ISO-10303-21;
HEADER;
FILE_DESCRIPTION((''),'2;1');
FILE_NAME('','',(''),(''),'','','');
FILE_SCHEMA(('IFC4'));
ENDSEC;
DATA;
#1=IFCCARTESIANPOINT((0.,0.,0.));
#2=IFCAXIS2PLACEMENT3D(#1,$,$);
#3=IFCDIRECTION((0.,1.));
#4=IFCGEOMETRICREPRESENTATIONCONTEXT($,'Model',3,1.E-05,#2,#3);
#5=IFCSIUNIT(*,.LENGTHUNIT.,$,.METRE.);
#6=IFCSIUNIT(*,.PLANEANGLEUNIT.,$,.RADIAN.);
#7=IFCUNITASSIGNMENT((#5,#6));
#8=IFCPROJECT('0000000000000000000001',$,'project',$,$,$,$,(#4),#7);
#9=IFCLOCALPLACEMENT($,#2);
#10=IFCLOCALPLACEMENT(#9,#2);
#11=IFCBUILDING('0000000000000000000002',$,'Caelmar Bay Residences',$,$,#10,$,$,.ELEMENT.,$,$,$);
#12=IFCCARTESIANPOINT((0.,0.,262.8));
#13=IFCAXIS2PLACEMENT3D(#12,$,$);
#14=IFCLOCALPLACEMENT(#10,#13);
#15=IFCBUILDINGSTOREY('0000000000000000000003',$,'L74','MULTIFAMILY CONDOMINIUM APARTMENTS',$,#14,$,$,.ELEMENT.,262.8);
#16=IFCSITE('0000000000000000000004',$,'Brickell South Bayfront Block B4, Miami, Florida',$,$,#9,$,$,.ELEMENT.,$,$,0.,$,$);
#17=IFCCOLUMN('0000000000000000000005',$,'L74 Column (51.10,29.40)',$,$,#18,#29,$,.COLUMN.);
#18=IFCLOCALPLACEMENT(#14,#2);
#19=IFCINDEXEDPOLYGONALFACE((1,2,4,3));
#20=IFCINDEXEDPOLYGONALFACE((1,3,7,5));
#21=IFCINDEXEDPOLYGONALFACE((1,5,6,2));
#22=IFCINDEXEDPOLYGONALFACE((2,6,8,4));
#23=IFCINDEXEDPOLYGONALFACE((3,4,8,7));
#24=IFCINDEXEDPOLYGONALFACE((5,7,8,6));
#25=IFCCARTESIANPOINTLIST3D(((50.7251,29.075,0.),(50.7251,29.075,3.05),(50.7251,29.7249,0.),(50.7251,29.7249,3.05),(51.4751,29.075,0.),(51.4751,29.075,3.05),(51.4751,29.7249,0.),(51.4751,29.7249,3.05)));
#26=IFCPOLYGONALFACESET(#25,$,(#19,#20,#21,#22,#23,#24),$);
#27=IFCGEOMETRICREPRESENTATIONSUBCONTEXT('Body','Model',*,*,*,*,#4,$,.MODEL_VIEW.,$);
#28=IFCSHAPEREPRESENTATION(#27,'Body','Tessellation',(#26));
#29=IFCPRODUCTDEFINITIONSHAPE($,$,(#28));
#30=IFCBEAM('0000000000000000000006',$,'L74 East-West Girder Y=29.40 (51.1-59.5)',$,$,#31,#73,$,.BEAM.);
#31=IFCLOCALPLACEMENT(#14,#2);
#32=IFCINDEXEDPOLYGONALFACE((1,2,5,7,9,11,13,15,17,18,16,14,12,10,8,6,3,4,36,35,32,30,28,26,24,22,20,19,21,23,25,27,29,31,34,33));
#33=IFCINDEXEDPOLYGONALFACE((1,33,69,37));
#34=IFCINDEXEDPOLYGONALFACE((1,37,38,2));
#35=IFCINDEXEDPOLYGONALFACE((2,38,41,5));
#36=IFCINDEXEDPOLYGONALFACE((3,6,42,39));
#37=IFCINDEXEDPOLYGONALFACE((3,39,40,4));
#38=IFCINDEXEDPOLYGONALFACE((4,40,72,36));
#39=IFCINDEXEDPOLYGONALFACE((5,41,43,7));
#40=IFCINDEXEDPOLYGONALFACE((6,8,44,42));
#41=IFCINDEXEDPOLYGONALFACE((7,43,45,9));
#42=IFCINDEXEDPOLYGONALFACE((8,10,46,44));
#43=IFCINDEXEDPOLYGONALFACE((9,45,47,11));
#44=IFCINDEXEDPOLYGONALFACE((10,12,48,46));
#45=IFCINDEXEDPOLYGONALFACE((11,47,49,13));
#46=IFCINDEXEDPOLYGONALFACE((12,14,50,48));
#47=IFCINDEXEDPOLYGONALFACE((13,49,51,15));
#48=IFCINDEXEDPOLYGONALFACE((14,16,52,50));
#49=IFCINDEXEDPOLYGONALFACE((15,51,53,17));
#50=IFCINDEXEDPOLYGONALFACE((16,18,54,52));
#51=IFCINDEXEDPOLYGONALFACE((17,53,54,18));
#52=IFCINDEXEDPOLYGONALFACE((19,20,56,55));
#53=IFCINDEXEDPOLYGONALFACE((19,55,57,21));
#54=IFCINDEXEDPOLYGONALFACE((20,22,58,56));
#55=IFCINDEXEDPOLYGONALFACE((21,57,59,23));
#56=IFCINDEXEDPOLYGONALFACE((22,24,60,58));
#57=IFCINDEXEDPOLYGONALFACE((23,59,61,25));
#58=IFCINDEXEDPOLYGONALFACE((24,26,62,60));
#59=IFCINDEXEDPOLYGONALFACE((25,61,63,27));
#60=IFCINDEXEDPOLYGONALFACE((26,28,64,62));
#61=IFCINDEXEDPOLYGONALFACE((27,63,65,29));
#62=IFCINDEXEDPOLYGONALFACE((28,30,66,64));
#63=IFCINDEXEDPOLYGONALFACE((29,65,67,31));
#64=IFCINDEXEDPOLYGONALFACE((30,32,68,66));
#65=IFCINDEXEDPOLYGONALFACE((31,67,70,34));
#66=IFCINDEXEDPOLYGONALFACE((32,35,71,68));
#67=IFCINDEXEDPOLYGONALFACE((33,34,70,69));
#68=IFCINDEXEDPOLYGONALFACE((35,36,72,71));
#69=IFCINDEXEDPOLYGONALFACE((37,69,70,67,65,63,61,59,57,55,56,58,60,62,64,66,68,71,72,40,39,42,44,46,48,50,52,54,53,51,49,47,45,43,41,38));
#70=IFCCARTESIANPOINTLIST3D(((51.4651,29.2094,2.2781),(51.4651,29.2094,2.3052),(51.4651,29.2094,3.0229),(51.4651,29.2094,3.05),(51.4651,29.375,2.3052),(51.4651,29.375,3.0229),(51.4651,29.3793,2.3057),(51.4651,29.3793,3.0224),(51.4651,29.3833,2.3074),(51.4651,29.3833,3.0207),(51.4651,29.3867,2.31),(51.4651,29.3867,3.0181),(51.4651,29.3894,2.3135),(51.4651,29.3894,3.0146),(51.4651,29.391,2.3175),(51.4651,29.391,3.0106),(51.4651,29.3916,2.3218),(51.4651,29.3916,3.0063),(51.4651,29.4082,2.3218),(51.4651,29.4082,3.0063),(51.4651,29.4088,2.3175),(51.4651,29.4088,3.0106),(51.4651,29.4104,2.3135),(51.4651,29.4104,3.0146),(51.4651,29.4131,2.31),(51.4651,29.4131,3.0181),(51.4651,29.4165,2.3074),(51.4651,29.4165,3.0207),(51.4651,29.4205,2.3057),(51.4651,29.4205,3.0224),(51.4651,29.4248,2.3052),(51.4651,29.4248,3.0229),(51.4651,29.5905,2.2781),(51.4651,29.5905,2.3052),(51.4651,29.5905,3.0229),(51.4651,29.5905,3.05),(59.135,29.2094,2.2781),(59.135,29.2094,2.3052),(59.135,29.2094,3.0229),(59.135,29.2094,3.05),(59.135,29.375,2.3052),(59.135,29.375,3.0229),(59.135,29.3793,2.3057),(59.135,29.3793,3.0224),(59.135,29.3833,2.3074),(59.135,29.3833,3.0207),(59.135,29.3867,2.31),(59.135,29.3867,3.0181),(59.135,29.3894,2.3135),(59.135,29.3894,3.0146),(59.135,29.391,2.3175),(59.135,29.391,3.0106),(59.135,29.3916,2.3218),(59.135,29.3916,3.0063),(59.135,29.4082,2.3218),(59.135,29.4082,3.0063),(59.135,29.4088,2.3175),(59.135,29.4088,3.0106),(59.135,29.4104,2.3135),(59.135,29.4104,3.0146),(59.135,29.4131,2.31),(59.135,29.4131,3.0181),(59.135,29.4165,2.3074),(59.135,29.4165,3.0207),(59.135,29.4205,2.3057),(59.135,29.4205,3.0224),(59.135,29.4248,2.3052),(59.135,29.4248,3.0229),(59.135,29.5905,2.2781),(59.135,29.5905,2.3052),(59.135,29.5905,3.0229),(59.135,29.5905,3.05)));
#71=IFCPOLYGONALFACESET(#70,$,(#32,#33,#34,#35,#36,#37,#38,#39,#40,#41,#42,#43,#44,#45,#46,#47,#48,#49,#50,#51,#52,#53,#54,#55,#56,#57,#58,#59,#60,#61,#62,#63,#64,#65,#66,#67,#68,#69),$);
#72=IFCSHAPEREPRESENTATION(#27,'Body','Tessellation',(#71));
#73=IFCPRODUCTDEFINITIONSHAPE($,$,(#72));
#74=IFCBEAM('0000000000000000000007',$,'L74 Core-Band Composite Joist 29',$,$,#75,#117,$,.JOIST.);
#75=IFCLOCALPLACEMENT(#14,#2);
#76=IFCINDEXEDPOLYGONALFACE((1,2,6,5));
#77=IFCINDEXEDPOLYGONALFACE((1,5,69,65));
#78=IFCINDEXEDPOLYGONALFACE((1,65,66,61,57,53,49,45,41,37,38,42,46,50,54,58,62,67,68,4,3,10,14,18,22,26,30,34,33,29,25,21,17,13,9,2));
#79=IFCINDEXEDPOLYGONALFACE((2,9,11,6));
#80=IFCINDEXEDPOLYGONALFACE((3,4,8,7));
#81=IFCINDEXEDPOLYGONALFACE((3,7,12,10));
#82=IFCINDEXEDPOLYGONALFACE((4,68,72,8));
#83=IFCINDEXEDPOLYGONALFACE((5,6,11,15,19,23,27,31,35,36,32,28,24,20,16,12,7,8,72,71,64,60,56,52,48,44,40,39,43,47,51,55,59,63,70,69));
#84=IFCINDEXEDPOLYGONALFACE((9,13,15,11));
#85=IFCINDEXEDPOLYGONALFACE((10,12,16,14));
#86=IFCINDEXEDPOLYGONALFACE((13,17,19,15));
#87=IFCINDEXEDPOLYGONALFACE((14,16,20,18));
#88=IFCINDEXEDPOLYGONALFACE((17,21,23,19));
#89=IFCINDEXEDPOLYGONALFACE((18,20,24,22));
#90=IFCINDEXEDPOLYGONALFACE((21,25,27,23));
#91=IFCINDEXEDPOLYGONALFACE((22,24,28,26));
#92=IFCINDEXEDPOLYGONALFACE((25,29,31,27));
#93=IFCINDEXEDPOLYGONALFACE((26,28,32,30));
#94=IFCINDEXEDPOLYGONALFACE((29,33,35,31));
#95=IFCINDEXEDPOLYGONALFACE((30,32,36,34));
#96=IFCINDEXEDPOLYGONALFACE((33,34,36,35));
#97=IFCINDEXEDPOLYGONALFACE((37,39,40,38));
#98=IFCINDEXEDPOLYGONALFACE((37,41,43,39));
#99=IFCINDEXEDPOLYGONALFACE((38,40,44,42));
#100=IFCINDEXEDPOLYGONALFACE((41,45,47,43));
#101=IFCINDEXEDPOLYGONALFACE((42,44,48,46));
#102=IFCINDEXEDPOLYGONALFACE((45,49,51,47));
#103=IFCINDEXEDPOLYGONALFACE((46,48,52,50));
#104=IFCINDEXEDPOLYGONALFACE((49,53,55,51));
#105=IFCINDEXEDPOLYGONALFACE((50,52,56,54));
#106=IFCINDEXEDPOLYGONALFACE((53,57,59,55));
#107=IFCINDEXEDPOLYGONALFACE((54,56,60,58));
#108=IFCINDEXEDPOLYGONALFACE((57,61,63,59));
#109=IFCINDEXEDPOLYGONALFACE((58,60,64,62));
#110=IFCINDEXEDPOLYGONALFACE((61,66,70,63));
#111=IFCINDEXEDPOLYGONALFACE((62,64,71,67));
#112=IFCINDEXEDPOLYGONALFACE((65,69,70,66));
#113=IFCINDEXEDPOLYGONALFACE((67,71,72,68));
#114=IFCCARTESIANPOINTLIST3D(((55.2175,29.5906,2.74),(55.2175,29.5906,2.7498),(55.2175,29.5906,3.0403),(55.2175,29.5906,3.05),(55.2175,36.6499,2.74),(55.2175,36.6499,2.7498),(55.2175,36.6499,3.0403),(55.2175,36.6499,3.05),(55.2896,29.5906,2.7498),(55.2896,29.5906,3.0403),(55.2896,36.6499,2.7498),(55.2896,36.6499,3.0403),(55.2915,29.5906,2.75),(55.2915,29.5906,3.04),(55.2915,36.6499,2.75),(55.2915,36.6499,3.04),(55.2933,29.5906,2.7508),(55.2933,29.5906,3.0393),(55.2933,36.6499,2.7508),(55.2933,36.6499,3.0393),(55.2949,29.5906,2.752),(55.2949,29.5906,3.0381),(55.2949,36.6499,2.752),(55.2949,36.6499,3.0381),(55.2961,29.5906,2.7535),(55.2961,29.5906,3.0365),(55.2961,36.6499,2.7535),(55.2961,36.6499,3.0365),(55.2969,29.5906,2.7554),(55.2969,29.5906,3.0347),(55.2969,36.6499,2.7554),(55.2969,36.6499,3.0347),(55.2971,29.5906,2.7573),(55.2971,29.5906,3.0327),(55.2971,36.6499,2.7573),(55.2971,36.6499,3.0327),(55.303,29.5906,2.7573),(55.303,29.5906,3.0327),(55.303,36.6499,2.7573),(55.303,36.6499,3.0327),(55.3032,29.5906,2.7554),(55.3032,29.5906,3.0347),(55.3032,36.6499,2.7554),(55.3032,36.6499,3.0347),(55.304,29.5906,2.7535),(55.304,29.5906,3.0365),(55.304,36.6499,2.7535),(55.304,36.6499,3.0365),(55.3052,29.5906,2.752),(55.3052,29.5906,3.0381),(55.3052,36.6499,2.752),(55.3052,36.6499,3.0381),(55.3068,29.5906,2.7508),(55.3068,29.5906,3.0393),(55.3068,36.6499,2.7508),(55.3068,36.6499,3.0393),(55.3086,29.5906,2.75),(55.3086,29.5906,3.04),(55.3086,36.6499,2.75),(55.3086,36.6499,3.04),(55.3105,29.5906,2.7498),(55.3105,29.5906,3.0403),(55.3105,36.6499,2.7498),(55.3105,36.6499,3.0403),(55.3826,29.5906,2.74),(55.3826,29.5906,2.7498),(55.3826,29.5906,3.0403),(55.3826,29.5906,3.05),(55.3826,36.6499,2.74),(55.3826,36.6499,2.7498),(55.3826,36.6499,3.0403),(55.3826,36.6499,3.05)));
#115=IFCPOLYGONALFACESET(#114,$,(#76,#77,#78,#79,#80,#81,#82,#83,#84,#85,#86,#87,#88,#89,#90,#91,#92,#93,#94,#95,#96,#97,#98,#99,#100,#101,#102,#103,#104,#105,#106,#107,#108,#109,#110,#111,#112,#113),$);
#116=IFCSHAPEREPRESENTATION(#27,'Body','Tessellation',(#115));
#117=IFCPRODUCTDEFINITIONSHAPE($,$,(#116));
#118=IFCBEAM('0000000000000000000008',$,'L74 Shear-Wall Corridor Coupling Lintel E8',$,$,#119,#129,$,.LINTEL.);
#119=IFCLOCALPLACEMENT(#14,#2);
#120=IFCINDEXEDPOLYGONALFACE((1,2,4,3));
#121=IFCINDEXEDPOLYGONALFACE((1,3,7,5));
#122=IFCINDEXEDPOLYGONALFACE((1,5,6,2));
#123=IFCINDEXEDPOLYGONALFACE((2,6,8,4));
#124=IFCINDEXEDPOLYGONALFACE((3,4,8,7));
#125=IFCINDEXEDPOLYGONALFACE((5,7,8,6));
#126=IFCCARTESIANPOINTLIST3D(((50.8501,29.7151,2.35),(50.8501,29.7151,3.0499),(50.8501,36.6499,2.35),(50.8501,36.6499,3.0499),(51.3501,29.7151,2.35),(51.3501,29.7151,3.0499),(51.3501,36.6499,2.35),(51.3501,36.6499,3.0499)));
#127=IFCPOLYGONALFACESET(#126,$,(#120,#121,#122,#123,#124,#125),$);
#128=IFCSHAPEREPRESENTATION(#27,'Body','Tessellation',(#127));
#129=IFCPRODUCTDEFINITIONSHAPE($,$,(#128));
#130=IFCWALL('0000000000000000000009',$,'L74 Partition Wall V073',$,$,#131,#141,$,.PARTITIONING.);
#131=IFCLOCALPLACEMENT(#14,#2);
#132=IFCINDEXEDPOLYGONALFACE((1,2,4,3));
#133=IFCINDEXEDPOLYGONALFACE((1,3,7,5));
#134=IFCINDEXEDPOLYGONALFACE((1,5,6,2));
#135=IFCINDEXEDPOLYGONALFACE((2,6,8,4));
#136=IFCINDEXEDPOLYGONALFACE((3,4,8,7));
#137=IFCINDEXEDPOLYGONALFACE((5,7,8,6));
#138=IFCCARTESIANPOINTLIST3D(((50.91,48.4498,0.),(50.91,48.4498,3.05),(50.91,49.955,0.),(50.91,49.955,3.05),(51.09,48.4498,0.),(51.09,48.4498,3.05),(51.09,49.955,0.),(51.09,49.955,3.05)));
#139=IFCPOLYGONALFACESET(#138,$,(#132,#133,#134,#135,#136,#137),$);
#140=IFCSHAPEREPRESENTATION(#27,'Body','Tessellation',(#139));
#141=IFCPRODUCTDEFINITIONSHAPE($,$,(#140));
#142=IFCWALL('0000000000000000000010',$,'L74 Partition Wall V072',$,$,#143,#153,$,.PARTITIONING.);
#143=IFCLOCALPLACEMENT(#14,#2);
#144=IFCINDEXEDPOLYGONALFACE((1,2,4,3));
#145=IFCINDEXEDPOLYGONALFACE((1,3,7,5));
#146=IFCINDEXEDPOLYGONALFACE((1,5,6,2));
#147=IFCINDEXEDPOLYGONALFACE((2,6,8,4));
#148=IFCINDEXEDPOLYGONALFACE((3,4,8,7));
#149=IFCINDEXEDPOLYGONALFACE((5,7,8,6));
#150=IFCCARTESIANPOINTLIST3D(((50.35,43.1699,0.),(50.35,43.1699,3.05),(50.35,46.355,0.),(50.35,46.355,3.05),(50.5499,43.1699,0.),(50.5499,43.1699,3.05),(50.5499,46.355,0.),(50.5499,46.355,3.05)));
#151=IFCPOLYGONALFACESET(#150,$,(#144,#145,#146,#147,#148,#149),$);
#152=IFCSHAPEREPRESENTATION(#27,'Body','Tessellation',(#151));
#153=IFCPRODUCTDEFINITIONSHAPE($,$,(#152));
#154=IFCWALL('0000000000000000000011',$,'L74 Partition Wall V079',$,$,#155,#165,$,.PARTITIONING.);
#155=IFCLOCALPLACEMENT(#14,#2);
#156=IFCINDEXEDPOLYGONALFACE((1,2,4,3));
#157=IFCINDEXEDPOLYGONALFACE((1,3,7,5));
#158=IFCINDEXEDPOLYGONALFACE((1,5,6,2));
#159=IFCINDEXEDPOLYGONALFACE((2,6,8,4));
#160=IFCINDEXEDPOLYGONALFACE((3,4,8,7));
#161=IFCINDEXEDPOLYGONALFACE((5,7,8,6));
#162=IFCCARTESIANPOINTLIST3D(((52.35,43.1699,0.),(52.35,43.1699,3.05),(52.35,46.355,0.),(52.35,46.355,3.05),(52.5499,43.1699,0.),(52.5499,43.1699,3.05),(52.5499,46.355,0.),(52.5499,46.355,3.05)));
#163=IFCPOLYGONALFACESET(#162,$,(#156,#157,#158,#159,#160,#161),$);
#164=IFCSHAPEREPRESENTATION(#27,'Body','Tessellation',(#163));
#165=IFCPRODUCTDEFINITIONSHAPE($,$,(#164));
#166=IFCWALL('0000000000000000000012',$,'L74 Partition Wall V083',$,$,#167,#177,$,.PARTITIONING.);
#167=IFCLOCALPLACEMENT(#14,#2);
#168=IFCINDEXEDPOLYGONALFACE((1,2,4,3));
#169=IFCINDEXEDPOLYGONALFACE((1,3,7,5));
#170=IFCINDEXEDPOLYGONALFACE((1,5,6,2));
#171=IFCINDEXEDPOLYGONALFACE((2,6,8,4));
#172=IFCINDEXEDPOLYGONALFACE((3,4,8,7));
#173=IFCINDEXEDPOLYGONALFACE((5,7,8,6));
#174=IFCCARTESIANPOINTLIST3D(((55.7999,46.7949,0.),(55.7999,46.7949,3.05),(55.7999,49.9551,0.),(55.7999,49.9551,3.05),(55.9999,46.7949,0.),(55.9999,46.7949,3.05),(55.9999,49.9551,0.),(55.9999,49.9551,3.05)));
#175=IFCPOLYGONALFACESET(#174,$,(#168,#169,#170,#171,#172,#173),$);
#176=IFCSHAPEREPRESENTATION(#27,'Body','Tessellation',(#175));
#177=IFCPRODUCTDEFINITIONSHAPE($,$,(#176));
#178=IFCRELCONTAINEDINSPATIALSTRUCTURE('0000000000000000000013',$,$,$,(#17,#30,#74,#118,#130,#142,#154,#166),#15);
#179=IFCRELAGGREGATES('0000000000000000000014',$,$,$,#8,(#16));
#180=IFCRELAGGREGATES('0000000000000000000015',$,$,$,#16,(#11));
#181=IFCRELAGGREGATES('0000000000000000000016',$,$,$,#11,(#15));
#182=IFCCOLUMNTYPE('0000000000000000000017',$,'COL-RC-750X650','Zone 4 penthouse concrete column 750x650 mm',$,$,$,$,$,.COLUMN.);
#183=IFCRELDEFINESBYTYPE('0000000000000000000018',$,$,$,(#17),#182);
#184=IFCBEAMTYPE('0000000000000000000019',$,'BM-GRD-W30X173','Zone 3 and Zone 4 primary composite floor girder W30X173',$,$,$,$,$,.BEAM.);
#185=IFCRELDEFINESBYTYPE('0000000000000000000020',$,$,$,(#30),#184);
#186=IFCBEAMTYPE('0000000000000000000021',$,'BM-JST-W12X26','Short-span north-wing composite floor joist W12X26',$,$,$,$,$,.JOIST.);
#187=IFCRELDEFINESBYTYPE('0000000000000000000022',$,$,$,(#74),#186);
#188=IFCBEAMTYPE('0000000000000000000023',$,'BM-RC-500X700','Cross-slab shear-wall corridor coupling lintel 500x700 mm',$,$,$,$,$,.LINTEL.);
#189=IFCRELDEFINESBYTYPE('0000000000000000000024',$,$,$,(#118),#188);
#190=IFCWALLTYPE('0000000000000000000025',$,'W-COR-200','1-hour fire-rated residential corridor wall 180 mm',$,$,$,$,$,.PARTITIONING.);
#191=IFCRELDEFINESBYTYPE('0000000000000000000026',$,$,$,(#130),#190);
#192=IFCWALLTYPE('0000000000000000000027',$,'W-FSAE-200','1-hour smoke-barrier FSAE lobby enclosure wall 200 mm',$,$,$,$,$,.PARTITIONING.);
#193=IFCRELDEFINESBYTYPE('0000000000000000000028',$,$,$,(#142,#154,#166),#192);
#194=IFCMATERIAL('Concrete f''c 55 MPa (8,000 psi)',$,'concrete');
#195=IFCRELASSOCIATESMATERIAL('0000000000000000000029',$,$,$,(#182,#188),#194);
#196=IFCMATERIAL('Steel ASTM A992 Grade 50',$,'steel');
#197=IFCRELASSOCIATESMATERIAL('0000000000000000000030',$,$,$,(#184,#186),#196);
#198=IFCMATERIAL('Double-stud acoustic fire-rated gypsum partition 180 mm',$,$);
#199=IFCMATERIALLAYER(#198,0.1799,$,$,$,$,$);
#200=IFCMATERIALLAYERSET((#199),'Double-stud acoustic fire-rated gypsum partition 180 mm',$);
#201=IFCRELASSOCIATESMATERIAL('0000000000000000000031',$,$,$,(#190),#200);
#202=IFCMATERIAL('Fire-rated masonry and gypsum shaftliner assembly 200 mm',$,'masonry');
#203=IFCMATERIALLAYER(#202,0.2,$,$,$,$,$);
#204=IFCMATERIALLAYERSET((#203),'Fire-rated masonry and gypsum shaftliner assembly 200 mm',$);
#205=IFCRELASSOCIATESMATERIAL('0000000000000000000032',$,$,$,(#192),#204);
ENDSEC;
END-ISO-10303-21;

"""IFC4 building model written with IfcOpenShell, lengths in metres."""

from ifc_helpers import new_model, si_unit, direction, frame, frame_2d, origin, origin_2d, place, context, subcontext, project, spatial, rectangle, i_section, extrude, material, layer, layer_set, material_profile, profile_set, type_object, element, save


model = new_model("IFC4")

# Units and contexts
model_context = context("Model", 3, precision=1e-05, world=origin(), true_north=direction((0.0, 1.0)))
body_context = subcontext(model_context, "Body", "Model", "MODEL_VIEW")
ifc_project = project(units=[si_unit("LENGTHUNIT", "METRE"), si_unit("PLANEANGLEUNIT", "RADIAN")], contexts=[model_context])

# Site, building, storey
site_placement = place(None, origin())
site = spatial("IfcSite", under=ifc_project, at=site_placement, Name="Brickell South Bayfront Block B4, Miami, Florida", CompositionType="ELEMENT", RefElevation=0.0)
building_placement = place(site_placement, origin())
building = spatial("IfcBuilding", under=site, at=building_placement, Name="Caelmar Bay Residences", CompositionType="ELEMENT")
storey_placement = place(building_placement, frame((0.0, 0.0, 262.8)))
storey = spatial("IfcBuildingStorey", under=building, at=storey_placement, Name="L74", Description="MULTIFAMILY CONDOMINIUM APARTMENTS", CompositionType="ELEMENT", Elevation=262.8)

# Column
ifc_material_1 = material(Name="Concrete f'c 55 MPa (8,000 psi)", Category="concrete")
ifc_material_profile_1 = material_profile(ifc_material_1, rectangle(XDim=0.75, YDim=0.6499, at=origin_2d()), Name="RC-COL-750X650")
ifc_profile_set_1 = profile_set([ifc_material_profile_1], Name="Concrete f'c 55 MPa (8,000 psi)")
column_type = type_object("IfcColumnType", Name="COL-RC-750X650", Description="Zone 4 penthouse concrete column 750x650 mm", PredefinedType="COLUMN", material=ifc_profile_set_1)
column_placement = place(storey_placement, frame((51.1001, 29.3999, 0.0), z_axis=(0.0, 0.0, 1.0), x_axis=(1.0, 0.0, 0.0)))
element("IfcColumn", 1, at=column_placement, inside=storey, type_object=column_type, Name="L74 Column (51.10,29.40)", PredefinedType="COLUMN", context=body_context, shape_type="SweptSolid", body=[
    extrude(rectangle(XDim=0.75, YDim=0.6499, at=origin_2d()), origin(), (0.0, 0.0, 1.0), 3.05),
])

# Beams
ifc_material_2 = material(Name="Steel ASTM A992 Grade 50", Category="steel")
ifc_material_profile_2 = material_profile(ifc_material_2, i_section(OverallWidth=0.3811, OverallDepth=0.772, WebThickness=0.0166, FlangeThickness=0.0271, FilletRadius=0.0166, at=origin_2d()), Name="W30X173")
ifc_profile_set_2 = profile_set([ifc_material_profile_2], Name="Steel ASTM A992 Grade 50")
beam_type_1 = type_object("IfcBeamType", Name="BM-GRD-W30X173", Description="Zone 3 and Zone 4 primary composite floor girder W30X173", PredefinedType="BEAM", material=ifc_profile_set_2)
beam_1_placement = place(storey_placement, frame((51.4651, 29.3999, 2.6641), z_axis=(1.0, 0.0, 0.0), x_axis=(0.0, 1.0, 0.0)))
element("IfcBeam", 2, at=beam_1_placement, inside=storey, type_object=beam_type_1, Name="L74 East-West Girder Y=29.40 (51.1-59.5)", PredefinedType="BEAM", context=body_context, shape_type="SweptSolid", body=[
    extrude(i_section(OverallWidth=0.3811, OverallDepth=0.772, WebThickness=0.0166, FlangeThickness=0.0271, FilletRadius=0.0166, at=origin_2d()), origin(), (0.0, 0.0, 1.0), 7.6699),
])
ifc_material_profile_3 = material_profile(ifc_material_2, i_section(OverallWidth=0.165, OverallDepth=0.3101, WebThickness=0.0059, FlangeThickness=0.0098, FilletRadius=0.0076, at=origin_2d()), Name="W12X26")
ifc_profile_set_3 = profile_set([ifc_material_profile_3], Name="Steel ASTM A992 Grade 50")
beam_type_2 = type_object("IfcBeamType", Name="BM-JST-W12X26", Description="Short-span north-wing composite floor joist W12X26", PredefinedType="JOIST", material=ifc_profile_set_3)
beam_2_placement = place(storey_placement, frame((55.3, 29.5906, 2.895), z_axis=(0.0, 1.0, 0.0), x_axis=(-1.0, 0.0, 0.0)))
element("IfcBeam", 3, at=beam_2_placement, inside=storey, type_object=beam_type_2, Name="L74 Core-Band Composite Joist 29", PredefinedType="JOIST", context=body_context, shape_type="SweptSolid", body=[
    extrude(i_section(OverallWidth=0.165, OverallDepth=0.3101, WebThickness=0.0059, FlangeThickness=0.0098, FilletRadius=0.0076, at=origin_2d()), origin(), (0.0, 0.0, 1.0), 7.0593),
])
ifc_material_profile_4 = material_profile(ifc_material_1, rectangle(XDim=0.5, YDim=0.7, at=origin_2d()), Name="RC-BM-500X700")
ifc_profile_set_4 = profile_set([ifc_material_profile_4], Name="Concrete f'c 55 MPa (8,000 psi)")
beam_type_3 = type_object("IfcBeamType", Name="BM-RC-500X700", Description="Cross-slab shear-wall corridor coupling lintel 500x700 mm", PredefinedType="LINTEL", material=ifc_profile_set_4)
beam_3_placement = place(storey_placement, frame((51.1001, 29.7151, 2.7), z_axis=(0.0, 1.0, 0.0), x_axis=(-1.0, 0.0, 0.0)))
element("IfcBeam", 4, at=beam_3_placement, inside=storey, type_object=beam_type_3, Name="L74 Shear-Wall Corridor Coupling Lintel E8", PredefinedType="LINTEL", context=body_context, shape_type="SweptSolid", body=[
    extrude(rectangle(XDim=0.5, YDim=0.7, at=origin_2d()), origin(), (0.0, 0.0, 1.0), 6.9348),
])

# Walls
ifc_material_3 = material(Name="Double-stud acoustic fire-rated gypsum partition 180 mm")
ifc_layer_1 = layer(ifc_material_3, 0.1799)
ifc_layer_set_1 = layer_set([ifc_layer_1], Name="Double-stud acoustic fire-rated gypsum partition 180 mm")
wall_type_1 = type_object("IfcWallType", Name="W-COR-200", Description="1-hour fire-rated residential corridor wall 180 mm", PredefinedType="PARTITIONING", material=ifc_layer_set_1)
wall_1_placement = place(storey_placement, frame((51.0, 48.45, 0.0), z_axis=(0.0, 0.0, 1.0), x_axis=(0.0, 1.0, 0.0)))
element("IfcWall", 5, at=wall_1_placement, inside=storey, type_object=wall_type_1, Name="L74 Partition Wall V073", PredefinedType="PARTITIONING", context=body_context, shape_type="SweptSolid", body=[
    extrude(rectangle(XDim=1.5051, YDim=0.1799, at=frame_2d((0.7524, 0.0))), origin(), (0.0, 0.0, 1.0), 3.05),
])
ifc_material_4 = material(Name="Fire-rated masonry and gypsum shaftliner assembly 200 mm", Category="masonry")
ifc_layer_2 = layer(ifc_material_4, 0.2)
ifc_layer_set_2 = layer_set([ifc_layer_2], Name="Fire-rated masonry and gypsum shaftliner assembly 200 mm")
wall_type_2 = type_object("IfcWallType", Name="W-FSAE-200", Description="1-hour smoke-barrier FSAE lobby enclosure wall 200 mm", PredefinedType="PARTITIONING", material=ifc_layer_set_2)
for number, where, z_axis, x_axis, name in (
    (6, (50.45, 43.1699, 0.0), (0.0, 0.0, 1.0), (0.0, 1.0, 0.0), "L74 Partition Wall V072"),
    (7, (52.45, 43.1699, 0.0), (0.0, 0.0, 1.0), (0.0, 1.0, 0.0), "L74 Partition Wall V079"),
):
    element("IfcWall", number, at=place(storey_placement, frame(where, z_axis=z_axis, x_axis=x_axis)), inside=storey, type_object=wall_type_2, Name=name, PredefinedType="PARTITIONING", context=body_context, shape_type="SweptSolid", body=[
        extrude(rectangle(XDim=3.1851, YDim=0.2, at=frame_2d((1.5925, 0.0))), origin(), (0.0, 0.0, 1.0), 3.05),
    ])
wall_2_placement = place(storey_placement, frame((55.8999, 46.7949, 0.0), z_axis=(0.0, 0.0, 1.0), x_axis=(0.0, 1.0, 0.0)))
element("IfcWall", 8, at=wall_2_placement, inside=storey, type_object=wall_type_2, Name="L74 Partition Wall V083", PredefinedType="PARTITIONING", context=body_context, shape_type="SweptSolid", body=[
    extrude(rectangle(XDim=3.1602, YDim=0.2, at=frame_2d((1.5801, 0.0))), origin(), (0.0, 0.0, 1.0), 3.05),
])

save(model, "model.ifc")
